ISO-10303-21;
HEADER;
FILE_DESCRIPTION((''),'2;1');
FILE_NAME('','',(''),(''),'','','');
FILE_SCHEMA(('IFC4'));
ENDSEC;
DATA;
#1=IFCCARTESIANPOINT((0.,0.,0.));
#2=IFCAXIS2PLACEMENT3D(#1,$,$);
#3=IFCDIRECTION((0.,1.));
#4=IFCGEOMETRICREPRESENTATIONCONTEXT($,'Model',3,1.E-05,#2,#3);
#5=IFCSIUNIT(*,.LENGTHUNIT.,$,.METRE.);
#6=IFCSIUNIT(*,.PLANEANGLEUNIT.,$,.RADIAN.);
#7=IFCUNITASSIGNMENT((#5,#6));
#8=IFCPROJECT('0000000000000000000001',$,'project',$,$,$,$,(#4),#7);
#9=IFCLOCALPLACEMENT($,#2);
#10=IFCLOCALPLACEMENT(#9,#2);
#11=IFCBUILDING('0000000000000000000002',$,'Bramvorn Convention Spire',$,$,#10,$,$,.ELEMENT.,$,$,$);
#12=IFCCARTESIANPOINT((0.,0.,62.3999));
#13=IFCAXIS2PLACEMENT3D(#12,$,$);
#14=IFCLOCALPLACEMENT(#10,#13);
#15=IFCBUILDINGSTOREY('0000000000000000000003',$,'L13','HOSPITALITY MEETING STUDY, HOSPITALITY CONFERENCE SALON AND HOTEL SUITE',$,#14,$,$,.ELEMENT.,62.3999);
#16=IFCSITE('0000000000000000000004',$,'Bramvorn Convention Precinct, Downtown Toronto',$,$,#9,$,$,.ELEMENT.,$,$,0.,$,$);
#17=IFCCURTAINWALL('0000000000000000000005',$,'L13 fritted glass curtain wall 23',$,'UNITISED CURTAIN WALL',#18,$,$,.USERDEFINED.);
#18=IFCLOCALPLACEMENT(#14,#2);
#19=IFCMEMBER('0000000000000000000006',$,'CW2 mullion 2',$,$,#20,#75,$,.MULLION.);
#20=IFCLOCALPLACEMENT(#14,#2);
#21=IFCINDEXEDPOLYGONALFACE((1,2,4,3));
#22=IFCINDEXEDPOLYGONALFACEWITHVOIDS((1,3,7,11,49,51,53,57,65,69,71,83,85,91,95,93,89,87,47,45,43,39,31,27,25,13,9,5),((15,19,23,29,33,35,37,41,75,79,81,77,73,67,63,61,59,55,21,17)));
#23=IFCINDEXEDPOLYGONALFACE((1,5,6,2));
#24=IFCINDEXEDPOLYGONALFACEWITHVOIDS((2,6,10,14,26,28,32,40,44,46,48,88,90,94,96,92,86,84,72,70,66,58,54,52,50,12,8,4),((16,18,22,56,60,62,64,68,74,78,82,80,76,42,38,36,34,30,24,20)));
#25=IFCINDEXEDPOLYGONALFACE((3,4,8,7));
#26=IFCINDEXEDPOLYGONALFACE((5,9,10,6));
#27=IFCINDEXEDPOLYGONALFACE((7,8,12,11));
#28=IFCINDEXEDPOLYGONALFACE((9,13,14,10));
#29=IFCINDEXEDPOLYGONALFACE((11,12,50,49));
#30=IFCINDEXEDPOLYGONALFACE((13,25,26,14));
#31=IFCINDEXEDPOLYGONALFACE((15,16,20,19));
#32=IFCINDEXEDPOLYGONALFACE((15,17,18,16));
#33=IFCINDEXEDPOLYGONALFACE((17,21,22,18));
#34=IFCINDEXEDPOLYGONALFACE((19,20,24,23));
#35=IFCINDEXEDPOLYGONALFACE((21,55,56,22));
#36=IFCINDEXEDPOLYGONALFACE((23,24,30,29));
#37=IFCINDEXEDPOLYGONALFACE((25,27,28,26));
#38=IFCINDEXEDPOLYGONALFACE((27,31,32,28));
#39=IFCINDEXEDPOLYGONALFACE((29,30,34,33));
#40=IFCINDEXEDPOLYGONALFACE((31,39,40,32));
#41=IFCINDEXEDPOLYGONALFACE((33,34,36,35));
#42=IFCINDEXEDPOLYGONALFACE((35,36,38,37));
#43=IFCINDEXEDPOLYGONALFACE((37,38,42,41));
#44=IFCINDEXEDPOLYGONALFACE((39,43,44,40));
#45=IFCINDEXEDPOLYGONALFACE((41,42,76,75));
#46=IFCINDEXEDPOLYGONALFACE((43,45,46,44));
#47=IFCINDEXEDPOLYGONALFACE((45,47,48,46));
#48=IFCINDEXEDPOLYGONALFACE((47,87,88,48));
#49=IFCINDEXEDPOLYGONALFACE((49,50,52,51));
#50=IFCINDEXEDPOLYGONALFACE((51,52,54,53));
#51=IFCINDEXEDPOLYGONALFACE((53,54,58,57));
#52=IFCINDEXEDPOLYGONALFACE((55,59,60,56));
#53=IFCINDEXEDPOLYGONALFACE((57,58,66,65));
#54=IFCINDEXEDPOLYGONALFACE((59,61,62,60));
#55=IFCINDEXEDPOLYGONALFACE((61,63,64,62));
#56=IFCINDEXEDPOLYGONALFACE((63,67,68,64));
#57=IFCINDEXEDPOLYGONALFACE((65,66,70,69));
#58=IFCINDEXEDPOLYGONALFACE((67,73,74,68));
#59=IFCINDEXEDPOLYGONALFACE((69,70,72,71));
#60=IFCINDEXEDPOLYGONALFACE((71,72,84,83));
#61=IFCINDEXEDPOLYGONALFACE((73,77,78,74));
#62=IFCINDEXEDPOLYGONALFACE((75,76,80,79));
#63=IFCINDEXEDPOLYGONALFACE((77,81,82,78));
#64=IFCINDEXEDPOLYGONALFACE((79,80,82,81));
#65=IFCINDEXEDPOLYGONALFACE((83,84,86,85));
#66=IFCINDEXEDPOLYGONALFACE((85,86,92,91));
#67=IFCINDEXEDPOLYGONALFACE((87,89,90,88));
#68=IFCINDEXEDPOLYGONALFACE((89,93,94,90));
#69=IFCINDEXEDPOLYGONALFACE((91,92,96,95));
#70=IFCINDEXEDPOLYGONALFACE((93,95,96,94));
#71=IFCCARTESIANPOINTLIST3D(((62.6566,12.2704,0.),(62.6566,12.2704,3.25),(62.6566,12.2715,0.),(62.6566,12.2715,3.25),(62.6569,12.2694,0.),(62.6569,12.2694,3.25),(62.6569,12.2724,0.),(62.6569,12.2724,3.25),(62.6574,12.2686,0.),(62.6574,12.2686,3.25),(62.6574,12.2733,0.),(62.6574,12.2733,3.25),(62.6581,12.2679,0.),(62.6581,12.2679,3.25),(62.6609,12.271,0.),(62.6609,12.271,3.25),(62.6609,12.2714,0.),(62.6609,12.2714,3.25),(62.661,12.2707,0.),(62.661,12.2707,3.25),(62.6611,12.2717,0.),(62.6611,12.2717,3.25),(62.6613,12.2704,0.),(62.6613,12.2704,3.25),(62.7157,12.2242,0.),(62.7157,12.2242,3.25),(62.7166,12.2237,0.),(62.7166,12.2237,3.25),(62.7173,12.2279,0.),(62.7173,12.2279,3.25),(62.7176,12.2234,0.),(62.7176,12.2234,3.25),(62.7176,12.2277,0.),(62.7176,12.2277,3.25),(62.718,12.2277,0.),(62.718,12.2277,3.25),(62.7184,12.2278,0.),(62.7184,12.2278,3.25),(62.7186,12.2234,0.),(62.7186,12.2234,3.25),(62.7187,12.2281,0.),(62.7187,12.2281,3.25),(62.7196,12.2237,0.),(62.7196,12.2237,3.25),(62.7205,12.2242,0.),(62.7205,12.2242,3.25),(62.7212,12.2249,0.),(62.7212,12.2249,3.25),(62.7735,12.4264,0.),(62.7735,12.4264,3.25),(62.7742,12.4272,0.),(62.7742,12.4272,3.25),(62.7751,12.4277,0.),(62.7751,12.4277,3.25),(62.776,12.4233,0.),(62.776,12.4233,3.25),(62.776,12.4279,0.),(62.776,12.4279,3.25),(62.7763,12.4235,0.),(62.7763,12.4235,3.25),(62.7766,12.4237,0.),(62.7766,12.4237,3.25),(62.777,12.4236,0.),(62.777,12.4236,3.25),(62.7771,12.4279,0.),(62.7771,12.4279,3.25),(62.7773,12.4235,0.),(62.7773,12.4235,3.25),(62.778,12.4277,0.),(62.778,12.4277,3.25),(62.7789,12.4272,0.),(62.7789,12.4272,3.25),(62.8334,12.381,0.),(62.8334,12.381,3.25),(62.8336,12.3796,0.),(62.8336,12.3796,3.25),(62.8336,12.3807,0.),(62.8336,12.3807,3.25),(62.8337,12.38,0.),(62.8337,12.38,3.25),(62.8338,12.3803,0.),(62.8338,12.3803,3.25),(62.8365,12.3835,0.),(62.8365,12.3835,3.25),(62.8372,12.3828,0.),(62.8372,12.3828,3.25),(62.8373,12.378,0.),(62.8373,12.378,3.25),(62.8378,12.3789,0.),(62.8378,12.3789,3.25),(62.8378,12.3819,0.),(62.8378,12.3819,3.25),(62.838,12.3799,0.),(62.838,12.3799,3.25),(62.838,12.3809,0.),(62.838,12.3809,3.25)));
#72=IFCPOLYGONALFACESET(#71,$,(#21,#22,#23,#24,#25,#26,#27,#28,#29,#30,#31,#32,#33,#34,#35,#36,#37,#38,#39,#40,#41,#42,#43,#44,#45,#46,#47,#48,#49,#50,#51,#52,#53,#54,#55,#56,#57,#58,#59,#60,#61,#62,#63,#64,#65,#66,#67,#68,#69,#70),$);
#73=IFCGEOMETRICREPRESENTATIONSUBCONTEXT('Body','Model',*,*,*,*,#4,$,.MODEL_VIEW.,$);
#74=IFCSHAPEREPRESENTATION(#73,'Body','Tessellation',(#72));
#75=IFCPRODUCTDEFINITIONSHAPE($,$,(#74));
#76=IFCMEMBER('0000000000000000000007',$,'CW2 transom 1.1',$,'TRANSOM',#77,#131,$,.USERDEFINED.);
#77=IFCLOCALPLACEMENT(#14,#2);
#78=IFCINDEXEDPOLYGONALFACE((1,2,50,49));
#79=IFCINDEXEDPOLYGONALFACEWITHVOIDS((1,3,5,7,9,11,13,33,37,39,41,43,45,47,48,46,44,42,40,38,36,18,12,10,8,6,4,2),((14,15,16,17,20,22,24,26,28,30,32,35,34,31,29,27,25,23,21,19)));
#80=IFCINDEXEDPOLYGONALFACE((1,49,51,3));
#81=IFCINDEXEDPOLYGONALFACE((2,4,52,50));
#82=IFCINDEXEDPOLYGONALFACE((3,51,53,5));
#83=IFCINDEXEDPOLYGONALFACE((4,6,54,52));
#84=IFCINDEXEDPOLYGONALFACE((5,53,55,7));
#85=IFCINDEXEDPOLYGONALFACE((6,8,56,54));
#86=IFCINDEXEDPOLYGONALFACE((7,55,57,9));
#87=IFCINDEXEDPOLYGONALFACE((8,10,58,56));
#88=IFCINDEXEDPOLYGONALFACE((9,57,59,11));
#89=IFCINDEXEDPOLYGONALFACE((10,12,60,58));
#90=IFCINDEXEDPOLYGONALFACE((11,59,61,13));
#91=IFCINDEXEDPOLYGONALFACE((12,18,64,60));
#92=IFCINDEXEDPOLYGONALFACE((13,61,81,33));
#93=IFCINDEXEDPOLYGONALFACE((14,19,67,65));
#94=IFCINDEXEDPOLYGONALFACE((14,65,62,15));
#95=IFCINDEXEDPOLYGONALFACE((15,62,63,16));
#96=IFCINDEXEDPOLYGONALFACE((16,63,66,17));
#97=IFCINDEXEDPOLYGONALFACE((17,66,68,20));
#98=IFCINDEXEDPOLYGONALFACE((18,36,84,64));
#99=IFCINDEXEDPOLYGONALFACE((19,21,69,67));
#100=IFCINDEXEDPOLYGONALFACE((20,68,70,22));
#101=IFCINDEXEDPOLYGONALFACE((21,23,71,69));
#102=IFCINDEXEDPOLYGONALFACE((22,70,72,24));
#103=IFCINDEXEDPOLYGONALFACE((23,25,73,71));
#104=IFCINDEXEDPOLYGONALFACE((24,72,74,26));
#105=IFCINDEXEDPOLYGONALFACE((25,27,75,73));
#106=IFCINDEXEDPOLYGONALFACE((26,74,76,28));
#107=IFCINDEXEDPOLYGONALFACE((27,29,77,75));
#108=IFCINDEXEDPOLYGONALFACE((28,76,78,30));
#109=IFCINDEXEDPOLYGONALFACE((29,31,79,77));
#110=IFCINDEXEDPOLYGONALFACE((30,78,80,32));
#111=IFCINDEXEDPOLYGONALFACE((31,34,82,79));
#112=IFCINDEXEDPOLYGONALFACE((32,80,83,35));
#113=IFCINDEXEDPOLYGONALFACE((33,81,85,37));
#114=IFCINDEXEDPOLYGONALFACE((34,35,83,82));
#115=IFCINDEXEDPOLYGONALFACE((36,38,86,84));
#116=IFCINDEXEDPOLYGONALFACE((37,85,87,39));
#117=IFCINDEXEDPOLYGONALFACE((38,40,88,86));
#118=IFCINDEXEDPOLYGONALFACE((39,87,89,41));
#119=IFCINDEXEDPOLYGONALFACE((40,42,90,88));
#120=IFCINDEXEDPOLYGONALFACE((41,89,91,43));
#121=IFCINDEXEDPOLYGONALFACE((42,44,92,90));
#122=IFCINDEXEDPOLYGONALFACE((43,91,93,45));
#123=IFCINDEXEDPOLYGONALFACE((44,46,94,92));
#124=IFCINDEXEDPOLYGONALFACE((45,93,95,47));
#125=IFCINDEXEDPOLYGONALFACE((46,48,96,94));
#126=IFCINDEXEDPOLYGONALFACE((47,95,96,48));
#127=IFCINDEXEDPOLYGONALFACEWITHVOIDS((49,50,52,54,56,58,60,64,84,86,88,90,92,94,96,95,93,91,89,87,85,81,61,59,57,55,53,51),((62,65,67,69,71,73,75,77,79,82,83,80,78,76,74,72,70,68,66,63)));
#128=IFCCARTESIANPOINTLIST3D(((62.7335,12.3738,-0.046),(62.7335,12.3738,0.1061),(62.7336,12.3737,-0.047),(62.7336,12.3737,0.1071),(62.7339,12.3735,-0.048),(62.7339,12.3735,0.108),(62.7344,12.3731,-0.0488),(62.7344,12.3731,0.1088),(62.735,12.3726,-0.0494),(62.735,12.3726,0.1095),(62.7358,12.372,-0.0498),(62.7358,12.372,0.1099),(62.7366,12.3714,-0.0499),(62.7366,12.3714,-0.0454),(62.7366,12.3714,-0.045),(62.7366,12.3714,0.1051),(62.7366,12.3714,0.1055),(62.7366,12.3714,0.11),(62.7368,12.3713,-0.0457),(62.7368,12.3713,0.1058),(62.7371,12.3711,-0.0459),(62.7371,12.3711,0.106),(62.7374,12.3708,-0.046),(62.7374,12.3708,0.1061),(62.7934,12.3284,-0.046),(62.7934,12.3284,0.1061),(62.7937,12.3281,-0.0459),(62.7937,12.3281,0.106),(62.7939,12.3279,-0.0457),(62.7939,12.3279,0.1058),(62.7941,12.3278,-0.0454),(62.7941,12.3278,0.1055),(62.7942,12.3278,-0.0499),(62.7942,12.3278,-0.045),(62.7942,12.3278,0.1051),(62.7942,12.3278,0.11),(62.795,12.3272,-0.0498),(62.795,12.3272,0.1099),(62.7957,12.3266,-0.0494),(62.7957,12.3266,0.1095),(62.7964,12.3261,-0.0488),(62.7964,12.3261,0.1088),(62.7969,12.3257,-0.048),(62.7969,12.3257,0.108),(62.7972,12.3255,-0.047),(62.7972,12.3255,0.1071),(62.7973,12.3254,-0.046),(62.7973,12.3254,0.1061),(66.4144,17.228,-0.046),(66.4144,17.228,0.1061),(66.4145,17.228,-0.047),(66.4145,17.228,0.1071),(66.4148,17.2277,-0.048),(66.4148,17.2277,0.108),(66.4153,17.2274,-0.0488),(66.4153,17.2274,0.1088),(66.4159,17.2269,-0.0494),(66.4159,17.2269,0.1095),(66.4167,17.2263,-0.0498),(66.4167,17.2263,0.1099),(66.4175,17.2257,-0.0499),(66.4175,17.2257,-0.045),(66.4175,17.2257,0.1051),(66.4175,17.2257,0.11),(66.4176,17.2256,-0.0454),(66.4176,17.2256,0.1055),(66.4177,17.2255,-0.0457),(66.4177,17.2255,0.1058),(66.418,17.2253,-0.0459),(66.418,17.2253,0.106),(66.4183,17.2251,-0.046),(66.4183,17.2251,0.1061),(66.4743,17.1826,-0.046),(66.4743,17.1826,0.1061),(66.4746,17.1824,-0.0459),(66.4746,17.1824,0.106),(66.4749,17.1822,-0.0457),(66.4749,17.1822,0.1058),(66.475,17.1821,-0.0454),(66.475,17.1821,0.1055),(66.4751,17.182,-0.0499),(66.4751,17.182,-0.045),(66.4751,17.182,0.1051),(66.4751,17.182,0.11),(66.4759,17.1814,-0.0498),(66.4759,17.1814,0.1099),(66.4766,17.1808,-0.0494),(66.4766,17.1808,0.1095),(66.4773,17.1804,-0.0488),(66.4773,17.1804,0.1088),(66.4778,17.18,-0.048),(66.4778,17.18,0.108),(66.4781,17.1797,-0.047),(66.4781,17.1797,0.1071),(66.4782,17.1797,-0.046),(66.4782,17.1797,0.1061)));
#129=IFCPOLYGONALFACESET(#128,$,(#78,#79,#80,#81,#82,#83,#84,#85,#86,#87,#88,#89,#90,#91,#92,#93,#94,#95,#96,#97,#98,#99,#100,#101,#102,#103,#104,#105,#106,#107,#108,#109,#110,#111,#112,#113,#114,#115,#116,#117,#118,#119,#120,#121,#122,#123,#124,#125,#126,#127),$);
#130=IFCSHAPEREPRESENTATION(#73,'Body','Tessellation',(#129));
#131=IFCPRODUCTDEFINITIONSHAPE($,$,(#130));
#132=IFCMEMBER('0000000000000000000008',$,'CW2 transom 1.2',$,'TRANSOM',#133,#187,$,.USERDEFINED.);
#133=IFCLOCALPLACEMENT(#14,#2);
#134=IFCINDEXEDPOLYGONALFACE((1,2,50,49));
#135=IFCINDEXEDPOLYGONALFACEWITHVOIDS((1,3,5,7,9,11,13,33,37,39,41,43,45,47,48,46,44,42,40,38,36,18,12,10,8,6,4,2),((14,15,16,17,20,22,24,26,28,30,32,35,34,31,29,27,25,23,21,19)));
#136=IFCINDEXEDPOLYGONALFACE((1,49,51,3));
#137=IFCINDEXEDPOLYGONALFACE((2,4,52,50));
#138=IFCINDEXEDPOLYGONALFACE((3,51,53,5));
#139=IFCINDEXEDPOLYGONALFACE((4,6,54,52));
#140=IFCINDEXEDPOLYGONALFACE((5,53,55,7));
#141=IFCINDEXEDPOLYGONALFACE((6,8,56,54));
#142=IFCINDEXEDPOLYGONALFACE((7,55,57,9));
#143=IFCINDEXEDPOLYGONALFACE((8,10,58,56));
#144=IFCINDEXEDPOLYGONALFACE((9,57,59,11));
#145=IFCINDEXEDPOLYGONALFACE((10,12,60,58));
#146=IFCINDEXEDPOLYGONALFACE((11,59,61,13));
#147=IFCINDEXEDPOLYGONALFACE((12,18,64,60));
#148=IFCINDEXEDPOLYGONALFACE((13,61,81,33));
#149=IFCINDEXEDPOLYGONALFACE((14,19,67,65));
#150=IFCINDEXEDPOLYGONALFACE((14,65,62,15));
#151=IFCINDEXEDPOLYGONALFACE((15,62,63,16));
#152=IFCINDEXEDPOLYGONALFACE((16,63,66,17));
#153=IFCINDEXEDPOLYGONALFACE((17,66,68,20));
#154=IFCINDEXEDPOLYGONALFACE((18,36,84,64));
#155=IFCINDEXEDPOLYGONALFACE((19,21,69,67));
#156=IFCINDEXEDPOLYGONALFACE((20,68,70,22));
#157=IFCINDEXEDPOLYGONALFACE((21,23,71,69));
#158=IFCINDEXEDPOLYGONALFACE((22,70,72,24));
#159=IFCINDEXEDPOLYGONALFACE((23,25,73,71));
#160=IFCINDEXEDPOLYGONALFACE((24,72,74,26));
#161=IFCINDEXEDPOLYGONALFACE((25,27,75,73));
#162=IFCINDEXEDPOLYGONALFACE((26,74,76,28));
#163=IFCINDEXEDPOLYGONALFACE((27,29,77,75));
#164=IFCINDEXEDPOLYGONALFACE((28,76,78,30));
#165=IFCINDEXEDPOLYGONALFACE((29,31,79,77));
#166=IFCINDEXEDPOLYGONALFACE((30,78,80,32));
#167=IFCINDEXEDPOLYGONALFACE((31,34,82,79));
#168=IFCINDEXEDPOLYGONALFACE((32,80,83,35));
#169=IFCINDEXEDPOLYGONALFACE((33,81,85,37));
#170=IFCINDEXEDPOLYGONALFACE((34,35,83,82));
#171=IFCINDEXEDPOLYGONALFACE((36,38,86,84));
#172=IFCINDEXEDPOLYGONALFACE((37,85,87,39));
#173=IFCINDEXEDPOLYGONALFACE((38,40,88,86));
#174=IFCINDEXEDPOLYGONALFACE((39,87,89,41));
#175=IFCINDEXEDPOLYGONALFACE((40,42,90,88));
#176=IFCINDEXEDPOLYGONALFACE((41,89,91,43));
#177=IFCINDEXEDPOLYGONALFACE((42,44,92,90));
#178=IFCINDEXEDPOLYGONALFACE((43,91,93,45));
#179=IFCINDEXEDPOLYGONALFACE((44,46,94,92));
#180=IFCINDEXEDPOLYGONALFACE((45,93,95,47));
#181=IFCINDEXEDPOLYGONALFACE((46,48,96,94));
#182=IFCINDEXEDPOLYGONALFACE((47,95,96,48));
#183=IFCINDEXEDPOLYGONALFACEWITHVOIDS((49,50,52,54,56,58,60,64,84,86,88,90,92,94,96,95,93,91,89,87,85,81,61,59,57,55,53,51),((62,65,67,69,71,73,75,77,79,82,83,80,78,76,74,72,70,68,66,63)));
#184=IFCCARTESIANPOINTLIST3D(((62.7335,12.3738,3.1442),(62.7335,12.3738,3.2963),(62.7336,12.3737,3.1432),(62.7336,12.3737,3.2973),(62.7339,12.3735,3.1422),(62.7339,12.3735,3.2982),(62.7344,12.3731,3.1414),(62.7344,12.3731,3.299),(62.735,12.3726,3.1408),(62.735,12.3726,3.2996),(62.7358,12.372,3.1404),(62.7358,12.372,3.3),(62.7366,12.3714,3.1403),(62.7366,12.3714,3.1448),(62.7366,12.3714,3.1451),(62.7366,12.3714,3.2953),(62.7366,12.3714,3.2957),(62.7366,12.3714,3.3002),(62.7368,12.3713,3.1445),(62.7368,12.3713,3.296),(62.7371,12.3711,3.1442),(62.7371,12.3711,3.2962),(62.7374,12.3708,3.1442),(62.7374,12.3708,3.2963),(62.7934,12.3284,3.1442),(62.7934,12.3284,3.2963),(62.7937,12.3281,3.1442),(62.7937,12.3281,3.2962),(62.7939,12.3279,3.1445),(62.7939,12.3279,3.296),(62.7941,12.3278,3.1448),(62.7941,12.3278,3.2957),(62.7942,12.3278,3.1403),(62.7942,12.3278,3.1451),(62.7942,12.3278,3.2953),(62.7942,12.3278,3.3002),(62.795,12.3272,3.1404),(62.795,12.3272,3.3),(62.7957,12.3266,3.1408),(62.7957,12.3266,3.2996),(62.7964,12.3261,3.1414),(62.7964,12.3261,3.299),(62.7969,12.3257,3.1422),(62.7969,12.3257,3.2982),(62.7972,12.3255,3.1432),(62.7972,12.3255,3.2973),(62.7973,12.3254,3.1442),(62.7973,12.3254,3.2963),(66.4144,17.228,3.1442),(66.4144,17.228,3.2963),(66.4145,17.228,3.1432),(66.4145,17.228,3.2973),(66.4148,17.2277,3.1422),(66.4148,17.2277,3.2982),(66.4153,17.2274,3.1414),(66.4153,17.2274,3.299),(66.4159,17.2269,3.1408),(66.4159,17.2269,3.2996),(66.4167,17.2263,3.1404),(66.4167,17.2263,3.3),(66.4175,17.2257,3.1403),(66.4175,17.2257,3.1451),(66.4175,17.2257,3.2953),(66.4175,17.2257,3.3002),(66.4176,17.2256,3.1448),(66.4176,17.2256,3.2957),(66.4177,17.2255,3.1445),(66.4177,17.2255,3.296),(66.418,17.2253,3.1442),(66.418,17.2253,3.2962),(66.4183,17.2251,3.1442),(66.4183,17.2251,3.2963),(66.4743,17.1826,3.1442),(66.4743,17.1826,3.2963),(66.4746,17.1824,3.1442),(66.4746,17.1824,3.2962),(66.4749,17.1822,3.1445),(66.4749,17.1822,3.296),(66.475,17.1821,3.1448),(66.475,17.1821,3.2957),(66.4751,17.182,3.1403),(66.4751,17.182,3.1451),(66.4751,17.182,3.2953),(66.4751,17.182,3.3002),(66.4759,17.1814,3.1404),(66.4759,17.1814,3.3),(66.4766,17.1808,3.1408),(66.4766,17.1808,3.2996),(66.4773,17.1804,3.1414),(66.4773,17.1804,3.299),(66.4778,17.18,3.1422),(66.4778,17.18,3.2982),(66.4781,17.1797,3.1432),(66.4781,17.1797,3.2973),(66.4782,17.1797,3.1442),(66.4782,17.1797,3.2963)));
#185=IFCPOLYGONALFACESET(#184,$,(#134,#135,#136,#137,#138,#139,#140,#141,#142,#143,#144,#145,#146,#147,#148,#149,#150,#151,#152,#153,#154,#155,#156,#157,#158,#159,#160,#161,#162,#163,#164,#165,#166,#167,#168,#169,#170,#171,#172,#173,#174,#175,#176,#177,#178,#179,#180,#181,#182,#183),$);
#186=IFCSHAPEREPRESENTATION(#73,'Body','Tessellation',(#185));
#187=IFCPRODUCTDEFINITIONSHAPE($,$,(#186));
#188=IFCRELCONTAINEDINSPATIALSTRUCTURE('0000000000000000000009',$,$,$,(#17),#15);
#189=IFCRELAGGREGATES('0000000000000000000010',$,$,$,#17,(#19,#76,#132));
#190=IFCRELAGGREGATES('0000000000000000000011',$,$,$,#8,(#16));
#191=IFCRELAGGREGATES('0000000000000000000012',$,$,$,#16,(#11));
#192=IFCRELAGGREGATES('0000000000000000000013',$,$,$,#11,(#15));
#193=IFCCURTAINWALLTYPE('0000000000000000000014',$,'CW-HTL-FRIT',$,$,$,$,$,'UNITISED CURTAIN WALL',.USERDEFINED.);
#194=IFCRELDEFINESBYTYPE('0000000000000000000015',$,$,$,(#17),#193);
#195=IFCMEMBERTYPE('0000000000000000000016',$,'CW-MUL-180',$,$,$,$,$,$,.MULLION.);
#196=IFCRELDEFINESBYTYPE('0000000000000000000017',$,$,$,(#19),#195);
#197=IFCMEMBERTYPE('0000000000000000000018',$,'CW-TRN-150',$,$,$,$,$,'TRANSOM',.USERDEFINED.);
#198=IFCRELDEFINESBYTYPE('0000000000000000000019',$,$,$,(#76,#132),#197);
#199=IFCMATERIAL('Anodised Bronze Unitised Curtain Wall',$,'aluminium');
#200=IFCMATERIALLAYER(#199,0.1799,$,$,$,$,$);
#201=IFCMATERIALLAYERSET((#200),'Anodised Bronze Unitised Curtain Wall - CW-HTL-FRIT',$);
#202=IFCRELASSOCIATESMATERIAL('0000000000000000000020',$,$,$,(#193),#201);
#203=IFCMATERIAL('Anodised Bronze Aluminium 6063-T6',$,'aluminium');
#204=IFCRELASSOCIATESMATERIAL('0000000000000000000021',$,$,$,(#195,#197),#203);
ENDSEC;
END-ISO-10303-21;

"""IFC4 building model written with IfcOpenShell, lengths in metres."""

from ifc_helpers import new_model, si_unit, direction, frame, origin, origin_2d, place, context, subcontext, project, spatial, hollow_rectangle, extrude, material, layer, layer_set, material_profile, profile_set, type_object, element, aggregate, save


model = new_model("IFC4")

# Units and contexts
model_context = context("Model", 3, precision=1e-05, world=origin(), true_north=direction((0.0, 1.0)))
body_context = subcontext(model_context, "Body", "Model", "MODEL_VIEW")
ifc_project = project(units=[si_unit("LENGTHUNIT", "METRE"), si_unit("PLANEANGLEUNIT", "RADIAN")], contexts=[model_context])

# Site, building, storey
site_placement = place(None, origin())
site = spatial("IfcSite", under=ifc_project, at=site_placement, Name="Bramvorn Convention Precinct, Downtown Toronto", CompositionType="ELEMENT", RefElevation=0.0)
building_placement = place(site_placement, origin())
building = spatial("IfcBuilding", under=site, at=building_placement, Name="Bramvorn Convention Spire", CompositionType="ELEMENT")
storey_placement = place(building_placement, frame((0.0, 0.0, 62.3999)))
storey = spatial("IfcBuildingStorey", under=building, at=storey_placement, Name="L13", Description="HOSPITALITY MEETING STUDY, HOSPITALITY CONFERENCE SALON AND HOTEL SUITE", CompositionType="ELEMENT", Elevation=62.3999)

# Curtain wall, members
ifc_material_1 = material(Name="Anodised Bronze Unitised Curtain Wall", Category="aluminium")
ifc_layer_1 = layer(ifc_material_1, 0.1799)
ifc_layer_set_1 = layer_set([ifc_layer_1], Name="Anodised Bronze Unitised Curtain Wall - CW-HTL-FRIT")
curtain_wall_type = type_object("IfcCurtainWallType", Name="CW-HTL-FRIT", ElementType="UNITISED CURTAIN WALL", PredefinedType="USERDEFINED", material=ifc_layer_set_1)
curtain_wall_placement = place(storey_placement, origin())
curtain_wall = element("IfcCurtainWall", 1, at=curtain_wall_placement, inside=storey, type_object=curtain_wall_type, Name="L13 fritted glass curtain wall 23", ObjectType="UNITISED CURTAIN WALL", PredefinedType="USERDEFINED")
ifc_material_2 = material(Name="Anodised Bronze Aluminium 6063-T6", Category="aluminium")
ifc_material_profile_1 = material_profile(ifc_material_2, hollow_rectangle(XDim=0.0801, YDim=0.2, WallThickness=0.0039, InnerFilletRadius=0.001, OuterFilletRadius=0.0039, at=origin_2d()))
ifc_profile_set_1 = profile_set([ifc_material_profile_1], Name="Anodised Bronze Aluminium 6063-T6 - CWM80X200")
member_type_1 = type_object("IfcMemberType", Name="CW-MUL-180", PredefinedType="MULLION", material=ifc_profile_set_1)
member_1_placement = place(storey_placement, frame((62.7473, 12.3257, 0.0), z_axis=(0.0, 0.0, 1.0), x_axis=(0.796829, -0.604205, 0.0)))
member_1 = element("IfcMember", 2, at=member_1_placement, type_object=member_type_1, Name="CW2 mullion 2", PredefinedType="MULLION", context=body_context, shape_type="SweptSolid", body=[
    extrude(hollow_rectangle(XDim=0.0801, YDim=0.2, WallThickness=0.0039, InnerFilletRadius=0.001, OuterFilletRadius=0.0039, at=origin_2d()), origin(), (0.0, 0.0, 1.0), 3.25),
])
ifc_material_profile_2 = material_profile(ifc_material_2, hollow_rectangle(XDim=0.0801, YDim=0.1599, WallThickness=0.0039, InnerFilletRadius=0.001, OuterFilletRadius=0.0039, at=origin_2d()))
ifc_profile_set_2 = profile_set([ifc_material_profile_2], Name="Anodised Bronze Aluminium 6063-T6 - CWT80X160")
member_type_2 = type_object("IfcMemberType", Name="CW-TRN-150", ElementType="TRANSOM", PredefinedType="USERDEFINED", material=ifc_profile_set_2)
member_2_placement = place(storey_placement, frame((66.4463, 17.2039, 0.03), z_axis=(-0.604217, -0.79682, 0.0), x_axis=(0.79682, -0.604217, 0.0)))
member_2 = element("IfcMember", 3, at=member_2_placement, type_object=member_type_2, Name="CW2 transom 1.1", ObjectType="TRANSOM", PredefinedType="USERDEFINED", context=body_context, shape_type="SweptSolid", body=[
    extrude(hollow_rectangle(XDim=0.0801, YDim=0.1599, WallThickness=0.0039, InnerFilletRadius=0.001, OuterFilletRadius=0.0039, at=origin_2d()), origin(), (0.0, 0.0, 1.0), 6.092),
])
member_3_placement = place(storey_placement, frame((66.4463, 17.2039, 3.2202), z_axis=(-0.604217, -0.79682, 0.0), x_axis=(0.79682, -0.604217, 0.0)))
member_3 = element("IfcMember", 4, at=member_3_placement, type_object=member_type_2, Name="CW2 transom 1.2", ObjectType="TRANSOM", PredefinedType="USERDEFINED", context=body_context, shape_type="SweptSolid", body=[
    extrude(hollow_rectangle(XDim=0.0801, YDim=0.1599, WallThickness=0.0039, InnerFilletRadius=0.001, OuterFilletRadius=0.0039, at=origin_2d()), origin(), (0.0, 0.0, 1.0), 6.092),
])

aggregate(curtain_wall, [member_1, member_2, member_3])

save(model, "model.ifc")
